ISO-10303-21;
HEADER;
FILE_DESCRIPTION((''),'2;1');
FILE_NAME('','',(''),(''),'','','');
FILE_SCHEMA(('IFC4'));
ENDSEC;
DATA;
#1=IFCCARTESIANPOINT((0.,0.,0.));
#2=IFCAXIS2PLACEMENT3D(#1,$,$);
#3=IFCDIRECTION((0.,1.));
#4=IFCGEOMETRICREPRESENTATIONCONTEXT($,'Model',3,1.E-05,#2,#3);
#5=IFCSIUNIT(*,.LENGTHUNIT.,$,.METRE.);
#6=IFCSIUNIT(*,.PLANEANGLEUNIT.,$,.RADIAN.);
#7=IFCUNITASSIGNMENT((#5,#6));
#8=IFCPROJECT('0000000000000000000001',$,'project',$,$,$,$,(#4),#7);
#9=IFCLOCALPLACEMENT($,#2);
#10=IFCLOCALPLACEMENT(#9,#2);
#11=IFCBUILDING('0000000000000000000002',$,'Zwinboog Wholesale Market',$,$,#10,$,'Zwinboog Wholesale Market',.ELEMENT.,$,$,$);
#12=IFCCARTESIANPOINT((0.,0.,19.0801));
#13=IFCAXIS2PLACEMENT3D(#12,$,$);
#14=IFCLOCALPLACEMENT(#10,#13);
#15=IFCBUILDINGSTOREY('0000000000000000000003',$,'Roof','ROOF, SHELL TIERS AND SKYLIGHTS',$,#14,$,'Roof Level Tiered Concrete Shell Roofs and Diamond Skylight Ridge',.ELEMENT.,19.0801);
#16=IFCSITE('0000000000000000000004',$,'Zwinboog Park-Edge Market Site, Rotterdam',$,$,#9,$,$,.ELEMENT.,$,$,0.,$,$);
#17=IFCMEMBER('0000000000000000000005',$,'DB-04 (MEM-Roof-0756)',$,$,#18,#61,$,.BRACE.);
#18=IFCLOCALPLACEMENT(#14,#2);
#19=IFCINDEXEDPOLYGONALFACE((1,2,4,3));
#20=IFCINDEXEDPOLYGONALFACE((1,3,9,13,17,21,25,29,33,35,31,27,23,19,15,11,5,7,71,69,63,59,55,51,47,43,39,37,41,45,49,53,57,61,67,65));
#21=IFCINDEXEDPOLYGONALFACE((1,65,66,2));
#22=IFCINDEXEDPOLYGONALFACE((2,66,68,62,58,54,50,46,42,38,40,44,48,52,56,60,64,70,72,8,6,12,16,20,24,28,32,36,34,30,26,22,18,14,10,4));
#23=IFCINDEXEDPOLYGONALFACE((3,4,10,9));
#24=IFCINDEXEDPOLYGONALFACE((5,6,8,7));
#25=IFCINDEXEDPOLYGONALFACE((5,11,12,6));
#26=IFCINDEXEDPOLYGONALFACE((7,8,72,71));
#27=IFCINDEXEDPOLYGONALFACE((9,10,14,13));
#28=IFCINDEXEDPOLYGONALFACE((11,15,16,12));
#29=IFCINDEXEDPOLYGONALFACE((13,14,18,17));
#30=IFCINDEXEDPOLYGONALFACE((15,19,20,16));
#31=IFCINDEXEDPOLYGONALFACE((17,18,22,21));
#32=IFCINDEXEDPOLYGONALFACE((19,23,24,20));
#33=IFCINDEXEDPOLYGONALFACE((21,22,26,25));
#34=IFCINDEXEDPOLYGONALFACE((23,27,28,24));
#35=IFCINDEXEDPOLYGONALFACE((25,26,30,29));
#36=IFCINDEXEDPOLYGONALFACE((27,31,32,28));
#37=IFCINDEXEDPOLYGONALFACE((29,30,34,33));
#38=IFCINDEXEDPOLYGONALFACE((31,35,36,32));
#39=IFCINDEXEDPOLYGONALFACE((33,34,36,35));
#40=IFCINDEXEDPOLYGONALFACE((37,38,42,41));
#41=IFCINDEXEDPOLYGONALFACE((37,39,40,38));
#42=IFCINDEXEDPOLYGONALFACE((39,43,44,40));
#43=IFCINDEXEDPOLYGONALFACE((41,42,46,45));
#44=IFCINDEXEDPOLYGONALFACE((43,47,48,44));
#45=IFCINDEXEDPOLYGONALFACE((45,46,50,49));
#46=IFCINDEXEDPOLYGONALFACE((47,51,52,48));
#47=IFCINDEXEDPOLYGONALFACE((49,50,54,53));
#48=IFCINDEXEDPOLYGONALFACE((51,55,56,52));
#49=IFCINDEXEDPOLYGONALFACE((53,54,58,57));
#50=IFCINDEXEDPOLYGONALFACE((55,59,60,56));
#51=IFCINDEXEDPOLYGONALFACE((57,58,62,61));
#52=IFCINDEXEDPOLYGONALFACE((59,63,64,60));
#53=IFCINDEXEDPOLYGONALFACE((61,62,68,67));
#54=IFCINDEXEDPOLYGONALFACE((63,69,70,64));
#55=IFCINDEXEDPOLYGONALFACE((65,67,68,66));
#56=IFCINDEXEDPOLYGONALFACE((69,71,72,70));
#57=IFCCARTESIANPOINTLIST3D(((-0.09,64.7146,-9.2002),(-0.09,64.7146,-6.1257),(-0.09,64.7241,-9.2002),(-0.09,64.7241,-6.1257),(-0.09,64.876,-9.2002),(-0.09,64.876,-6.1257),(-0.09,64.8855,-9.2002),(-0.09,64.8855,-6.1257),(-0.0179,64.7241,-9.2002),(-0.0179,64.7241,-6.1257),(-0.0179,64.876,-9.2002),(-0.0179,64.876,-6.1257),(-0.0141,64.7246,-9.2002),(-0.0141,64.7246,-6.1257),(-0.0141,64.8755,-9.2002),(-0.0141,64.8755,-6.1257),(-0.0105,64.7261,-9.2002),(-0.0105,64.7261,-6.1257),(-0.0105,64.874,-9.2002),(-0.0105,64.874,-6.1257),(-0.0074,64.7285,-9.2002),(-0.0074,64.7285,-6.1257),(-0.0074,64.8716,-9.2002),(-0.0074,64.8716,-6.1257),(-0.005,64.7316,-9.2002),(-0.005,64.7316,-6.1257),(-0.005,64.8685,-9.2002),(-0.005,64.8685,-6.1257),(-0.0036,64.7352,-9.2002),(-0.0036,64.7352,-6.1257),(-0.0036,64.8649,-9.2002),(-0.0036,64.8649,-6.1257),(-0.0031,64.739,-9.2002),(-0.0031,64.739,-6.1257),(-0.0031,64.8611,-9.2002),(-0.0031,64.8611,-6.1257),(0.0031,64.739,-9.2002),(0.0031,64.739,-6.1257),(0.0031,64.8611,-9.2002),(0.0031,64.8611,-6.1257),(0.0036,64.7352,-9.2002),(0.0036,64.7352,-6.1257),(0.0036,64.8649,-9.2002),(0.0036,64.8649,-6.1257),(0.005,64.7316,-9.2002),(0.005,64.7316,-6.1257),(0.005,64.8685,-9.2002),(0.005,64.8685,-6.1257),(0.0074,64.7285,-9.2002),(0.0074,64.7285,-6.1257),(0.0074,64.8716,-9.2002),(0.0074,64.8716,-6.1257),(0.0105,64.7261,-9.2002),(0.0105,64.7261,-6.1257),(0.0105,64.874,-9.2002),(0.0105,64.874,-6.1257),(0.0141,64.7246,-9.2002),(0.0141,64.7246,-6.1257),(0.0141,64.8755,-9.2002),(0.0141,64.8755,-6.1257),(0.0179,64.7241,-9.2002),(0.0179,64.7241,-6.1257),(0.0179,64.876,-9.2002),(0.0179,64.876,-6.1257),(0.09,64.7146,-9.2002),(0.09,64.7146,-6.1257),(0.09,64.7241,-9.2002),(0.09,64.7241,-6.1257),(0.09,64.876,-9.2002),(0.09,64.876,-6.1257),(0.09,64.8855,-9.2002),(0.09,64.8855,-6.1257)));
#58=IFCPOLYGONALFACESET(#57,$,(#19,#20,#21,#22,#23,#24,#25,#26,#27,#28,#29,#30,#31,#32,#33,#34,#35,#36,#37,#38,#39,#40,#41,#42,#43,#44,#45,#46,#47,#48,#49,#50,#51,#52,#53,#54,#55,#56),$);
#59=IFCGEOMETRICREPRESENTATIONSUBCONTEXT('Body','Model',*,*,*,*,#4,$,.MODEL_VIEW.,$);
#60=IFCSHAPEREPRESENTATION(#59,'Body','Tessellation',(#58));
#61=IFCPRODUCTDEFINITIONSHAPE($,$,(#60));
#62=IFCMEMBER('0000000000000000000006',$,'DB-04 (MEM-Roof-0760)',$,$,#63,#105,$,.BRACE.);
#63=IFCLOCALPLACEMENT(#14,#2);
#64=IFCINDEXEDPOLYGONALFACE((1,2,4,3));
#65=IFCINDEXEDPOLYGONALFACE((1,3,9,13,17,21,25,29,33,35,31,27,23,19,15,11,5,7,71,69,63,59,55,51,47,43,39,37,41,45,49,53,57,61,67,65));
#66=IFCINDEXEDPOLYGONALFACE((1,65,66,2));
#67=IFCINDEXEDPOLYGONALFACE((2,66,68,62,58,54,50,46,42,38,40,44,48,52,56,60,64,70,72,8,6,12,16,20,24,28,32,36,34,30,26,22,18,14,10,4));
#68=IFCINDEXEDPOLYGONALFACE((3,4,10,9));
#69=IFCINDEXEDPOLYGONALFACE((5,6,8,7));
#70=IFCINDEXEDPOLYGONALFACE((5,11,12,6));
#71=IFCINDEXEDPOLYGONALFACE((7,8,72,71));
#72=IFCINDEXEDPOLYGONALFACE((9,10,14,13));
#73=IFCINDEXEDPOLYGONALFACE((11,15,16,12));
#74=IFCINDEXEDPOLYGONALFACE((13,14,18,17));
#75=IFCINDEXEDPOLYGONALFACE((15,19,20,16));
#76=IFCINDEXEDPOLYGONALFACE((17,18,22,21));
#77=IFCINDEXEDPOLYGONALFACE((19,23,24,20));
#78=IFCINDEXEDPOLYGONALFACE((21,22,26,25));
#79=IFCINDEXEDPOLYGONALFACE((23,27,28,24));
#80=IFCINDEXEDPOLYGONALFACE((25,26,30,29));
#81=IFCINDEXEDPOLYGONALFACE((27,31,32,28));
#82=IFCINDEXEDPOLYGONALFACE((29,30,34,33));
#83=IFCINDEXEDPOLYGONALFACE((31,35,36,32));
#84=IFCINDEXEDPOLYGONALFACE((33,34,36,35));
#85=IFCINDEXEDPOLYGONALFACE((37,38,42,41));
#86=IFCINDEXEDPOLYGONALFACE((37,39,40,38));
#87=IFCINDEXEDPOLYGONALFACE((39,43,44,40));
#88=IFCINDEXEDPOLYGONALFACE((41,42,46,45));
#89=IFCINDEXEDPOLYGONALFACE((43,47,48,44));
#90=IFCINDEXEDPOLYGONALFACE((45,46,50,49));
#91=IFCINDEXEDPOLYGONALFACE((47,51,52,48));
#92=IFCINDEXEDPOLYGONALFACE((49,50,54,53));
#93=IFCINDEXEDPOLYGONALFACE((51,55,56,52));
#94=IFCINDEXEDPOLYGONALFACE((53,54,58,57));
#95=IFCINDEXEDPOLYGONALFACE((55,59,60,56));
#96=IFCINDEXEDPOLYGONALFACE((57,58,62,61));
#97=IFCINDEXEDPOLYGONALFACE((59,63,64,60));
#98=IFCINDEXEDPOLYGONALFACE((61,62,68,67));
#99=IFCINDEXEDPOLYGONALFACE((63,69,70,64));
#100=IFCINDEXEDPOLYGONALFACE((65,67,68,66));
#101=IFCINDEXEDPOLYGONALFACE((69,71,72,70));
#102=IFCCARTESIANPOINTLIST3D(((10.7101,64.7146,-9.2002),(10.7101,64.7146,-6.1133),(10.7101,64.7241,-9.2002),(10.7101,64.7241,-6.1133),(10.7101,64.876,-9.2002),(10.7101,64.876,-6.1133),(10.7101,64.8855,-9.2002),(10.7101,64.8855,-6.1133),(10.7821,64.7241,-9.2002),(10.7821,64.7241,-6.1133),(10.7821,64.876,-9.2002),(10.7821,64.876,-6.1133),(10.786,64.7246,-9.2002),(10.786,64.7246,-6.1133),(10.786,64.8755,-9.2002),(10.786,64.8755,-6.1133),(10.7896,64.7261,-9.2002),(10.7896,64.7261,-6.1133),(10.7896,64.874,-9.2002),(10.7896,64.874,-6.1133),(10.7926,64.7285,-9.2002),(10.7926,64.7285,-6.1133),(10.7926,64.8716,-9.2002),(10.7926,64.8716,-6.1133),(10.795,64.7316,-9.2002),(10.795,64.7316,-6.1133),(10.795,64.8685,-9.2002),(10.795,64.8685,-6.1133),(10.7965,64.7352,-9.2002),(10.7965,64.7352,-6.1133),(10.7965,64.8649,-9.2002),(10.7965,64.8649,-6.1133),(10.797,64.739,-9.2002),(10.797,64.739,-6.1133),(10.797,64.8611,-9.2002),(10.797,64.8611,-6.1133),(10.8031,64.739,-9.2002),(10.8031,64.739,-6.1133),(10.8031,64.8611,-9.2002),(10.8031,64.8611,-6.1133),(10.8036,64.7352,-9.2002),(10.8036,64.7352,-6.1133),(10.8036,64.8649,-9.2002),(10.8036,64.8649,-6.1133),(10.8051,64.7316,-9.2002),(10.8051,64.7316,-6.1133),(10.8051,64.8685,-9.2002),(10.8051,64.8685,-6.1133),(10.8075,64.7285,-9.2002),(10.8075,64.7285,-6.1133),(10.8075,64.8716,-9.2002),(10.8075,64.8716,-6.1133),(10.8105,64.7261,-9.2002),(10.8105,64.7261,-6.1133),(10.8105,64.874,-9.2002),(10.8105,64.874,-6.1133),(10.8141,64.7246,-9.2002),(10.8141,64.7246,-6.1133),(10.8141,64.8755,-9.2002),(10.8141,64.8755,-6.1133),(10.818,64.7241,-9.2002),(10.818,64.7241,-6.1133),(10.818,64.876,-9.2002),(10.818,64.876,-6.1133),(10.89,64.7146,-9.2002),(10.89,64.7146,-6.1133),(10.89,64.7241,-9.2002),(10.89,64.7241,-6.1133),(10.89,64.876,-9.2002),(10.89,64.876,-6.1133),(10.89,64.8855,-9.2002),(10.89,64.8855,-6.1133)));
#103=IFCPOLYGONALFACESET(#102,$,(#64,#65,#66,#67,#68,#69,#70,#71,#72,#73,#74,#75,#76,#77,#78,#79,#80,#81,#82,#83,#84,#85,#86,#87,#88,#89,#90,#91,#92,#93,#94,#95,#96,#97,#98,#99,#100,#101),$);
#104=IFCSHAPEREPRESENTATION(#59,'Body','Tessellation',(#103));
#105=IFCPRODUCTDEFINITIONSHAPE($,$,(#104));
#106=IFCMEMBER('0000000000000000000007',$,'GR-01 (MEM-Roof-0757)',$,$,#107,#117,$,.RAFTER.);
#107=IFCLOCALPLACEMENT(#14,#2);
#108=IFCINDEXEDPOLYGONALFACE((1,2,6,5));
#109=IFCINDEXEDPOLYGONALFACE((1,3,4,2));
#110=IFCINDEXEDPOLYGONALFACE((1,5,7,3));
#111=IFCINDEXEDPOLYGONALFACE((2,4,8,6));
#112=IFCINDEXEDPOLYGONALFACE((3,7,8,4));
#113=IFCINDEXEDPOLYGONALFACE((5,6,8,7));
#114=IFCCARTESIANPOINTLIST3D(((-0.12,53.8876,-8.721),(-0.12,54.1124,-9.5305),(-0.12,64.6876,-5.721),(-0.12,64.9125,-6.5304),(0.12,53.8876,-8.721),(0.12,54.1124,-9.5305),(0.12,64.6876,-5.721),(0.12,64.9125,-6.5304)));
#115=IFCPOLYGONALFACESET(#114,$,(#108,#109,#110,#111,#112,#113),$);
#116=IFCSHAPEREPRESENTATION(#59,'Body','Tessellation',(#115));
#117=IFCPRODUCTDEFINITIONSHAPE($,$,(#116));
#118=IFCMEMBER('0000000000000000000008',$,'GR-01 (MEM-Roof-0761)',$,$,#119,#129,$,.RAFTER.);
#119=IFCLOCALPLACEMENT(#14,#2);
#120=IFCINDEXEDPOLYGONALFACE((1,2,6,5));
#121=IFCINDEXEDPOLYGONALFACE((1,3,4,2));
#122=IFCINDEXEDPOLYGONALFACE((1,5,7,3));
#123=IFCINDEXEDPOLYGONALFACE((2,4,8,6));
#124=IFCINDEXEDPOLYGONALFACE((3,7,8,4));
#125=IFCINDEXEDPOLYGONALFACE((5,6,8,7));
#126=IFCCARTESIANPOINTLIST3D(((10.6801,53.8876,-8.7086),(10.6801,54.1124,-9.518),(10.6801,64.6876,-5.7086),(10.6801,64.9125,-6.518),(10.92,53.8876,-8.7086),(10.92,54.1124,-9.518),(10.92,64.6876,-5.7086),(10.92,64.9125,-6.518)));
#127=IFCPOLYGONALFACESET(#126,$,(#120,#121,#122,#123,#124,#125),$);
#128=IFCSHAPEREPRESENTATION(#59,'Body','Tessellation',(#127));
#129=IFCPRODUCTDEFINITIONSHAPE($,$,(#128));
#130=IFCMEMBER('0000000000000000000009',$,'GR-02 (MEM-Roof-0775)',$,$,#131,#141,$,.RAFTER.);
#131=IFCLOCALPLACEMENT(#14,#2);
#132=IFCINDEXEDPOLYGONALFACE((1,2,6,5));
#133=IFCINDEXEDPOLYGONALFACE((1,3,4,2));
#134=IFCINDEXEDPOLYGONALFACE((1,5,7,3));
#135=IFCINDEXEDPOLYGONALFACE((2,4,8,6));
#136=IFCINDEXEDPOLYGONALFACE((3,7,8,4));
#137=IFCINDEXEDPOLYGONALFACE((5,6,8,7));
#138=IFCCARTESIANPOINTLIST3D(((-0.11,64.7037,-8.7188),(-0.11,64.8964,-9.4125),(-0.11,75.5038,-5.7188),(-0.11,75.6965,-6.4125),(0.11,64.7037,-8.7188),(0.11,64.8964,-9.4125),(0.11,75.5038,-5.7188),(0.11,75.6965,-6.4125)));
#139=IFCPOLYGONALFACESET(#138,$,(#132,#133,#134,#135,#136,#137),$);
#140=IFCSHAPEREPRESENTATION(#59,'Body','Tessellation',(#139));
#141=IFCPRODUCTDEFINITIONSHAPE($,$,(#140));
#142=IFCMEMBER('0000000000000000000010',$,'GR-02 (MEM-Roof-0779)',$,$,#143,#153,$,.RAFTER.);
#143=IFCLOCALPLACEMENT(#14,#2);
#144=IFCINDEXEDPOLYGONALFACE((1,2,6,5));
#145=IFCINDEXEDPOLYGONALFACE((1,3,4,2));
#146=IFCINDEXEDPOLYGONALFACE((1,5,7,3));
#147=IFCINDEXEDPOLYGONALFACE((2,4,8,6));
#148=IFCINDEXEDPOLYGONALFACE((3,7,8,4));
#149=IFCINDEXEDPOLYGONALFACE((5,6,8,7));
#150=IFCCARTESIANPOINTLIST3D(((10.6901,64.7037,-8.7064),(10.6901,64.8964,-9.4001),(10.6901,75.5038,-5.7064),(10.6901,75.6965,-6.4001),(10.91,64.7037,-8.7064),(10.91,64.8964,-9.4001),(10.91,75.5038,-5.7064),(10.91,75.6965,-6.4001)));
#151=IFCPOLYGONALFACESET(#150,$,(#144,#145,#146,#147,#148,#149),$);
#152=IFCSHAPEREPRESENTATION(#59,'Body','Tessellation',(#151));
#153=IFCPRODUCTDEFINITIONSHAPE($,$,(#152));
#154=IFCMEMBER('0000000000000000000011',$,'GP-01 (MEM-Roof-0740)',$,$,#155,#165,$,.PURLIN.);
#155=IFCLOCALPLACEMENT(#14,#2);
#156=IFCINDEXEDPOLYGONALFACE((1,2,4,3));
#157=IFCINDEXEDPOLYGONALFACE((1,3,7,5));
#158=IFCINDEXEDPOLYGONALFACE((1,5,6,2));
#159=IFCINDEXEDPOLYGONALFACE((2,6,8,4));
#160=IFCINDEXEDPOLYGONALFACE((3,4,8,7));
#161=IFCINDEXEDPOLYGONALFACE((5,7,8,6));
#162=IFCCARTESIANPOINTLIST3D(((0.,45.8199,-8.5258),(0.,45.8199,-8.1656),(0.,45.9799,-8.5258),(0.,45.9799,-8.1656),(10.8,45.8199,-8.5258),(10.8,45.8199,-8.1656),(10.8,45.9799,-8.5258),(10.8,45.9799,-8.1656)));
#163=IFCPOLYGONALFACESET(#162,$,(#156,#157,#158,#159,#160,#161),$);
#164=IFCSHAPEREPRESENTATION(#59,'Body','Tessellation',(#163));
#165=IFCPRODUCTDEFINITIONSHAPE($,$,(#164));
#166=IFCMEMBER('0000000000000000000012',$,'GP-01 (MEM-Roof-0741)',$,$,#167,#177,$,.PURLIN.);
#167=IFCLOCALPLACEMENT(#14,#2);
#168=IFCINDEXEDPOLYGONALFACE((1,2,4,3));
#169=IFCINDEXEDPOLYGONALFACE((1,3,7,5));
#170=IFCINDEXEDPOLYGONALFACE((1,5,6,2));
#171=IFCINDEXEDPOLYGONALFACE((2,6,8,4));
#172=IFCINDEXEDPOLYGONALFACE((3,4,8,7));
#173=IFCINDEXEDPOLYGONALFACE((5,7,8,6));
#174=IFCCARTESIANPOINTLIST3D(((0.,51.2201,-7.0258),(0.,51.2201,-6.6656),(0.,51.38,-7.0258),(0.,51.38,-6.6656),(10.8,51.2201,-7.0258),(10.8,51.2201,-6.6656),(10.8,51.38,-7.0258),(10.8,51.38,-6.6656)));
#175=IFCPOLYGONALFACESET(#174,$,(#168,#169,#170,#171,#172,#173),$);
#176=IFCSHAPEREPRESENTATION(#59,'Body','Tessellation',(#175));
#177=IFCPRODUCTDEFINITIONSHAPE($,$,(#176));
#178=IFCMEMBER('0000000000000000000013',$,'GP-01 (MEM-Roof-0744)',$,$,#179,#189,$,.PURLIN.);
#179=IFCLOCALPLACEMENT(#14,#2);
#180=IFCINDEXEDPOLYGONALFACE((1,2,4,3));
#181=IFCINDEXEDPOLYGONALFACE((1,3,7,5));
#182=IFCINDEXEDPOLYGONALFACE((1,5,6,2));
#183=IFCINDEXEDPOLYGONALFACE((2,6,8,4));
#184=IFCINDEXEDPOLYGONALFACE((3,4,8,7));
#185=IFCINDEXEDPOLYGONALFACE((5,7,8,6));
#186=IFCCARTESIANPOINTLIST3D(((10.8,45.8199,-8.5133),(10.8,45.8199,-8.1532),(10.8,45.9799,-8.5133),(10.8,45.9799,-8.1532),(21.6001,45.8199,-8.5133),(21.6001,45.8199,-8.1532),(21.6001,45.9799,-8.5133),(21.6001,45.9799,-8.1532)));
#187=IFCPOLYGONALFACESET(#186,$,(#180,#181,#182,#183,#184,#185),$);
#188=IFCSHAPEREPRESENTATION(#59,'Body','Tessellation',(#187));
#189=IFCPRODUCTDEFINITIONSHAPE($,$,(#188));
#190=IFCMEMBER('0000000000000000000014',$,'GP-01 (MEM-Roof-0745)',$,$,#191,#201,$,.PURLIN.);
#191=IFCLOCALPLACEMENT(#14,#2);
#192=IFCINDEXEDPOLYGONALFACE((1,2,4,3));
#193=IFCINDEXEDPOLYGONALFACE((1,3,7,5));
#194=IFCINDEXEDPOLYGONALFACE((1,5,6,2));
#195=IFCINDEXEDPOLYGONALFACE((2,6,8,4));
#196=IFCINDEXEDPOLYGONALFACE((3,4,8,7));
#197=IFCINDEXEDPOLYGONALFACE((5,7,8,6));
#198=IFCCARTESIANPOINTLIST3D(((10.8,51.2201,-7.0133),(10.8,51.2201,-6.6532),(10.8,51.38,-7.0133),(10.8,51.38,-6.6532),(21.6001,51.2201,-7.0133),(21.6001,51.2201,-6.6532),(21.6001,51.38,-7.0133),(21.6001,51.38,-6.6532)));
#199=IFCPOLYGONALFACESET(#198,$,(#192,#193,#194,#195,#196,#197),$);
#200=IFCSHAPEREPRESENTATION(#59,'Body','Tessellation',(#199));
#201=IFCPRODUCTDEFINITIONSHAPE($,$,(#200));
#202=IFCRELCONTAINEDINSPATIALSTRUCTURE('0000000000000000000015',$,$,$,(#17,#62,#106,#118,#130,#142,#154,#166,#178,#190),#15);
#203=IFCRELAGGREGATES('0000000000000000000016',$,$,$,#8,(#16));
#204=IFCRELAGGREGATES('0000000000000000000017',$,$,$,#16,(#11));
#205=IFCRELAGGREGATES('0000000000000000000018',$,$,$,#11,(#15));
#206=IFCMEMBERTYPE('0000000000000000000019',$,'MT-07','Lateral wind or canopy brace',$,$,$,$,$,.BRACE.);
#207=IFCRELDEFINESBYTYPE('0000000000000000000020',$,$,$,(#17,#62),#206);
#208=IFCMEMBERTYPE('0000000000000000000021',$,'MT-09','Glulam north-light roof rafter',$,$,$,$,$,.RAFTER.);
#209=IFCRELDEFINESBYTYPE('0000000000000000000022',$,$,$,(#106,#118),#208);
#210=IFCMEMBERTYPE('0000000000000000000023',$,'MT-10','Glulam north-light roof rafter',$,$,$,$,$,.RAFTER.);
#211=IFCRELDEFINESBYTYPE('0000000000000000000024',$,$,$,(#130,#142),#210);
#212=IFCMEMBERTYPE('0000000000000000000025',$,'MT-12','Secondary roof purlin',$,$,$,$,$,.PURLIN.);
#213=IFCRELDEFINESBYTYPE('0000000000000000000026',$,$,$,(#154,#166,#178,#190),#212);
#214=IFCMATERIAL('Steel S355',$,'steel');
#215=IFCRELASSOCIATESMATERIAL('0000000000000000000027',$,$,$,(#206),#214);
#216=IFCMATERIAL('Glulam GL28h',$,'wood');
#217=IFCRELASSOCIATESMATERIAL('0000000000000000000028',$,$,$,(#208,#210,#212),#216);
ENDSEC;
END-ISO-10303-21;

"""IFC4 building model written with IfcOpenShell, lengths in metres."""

from ifc_helpers import new_model, si_unit, direction, frame, origin, origin_2d, place, context, subcontext, project, spatial, rectangle, i_section, extrude, material, material_profile, profile_set, type_object, element, save


model = new_model("IFC4")

# Units and contexts
model_context = context("Model", 3, precision=1e-05, world=origin(), true_north=direction((0.0, 1.0)))
body_context = subcontext(model_context, "Body", "Model", "MODEL_VIEW")
ifc_project = project(units=[si_unit("LENGTHUNIT", "METRE"), si_unit("PLANEANGLEUNIT", "RADIAN")], contexts=[model_context])

# Site, building, storey
site_placement = place(None, origin())
site = spatial("IfcSite", under=ifc_project, at=site_placement, Name="Zwinboog Park-Edge Market Site, Rotterdam", CompositionType="ELEMENT", RefElevation=0.0)
building_placement = place(site_placement, origin())
building = spatial("IfcBuilding", under=site, at=building_placement, Name="Zwinboog Wholesale Market", LongName="Zwinboog Wholesale Market", CompositionType="ELEMENT")
storey_placement = place(building_placement, frame((0.0, 0.0, 19.0801)))
storey = spatial("IfcBuildingStorey", under=building, at=storey_placement, Name="Roof", Description="ROOF, SHELL TIERS AND SKYLIGHTS", LongName="Roof Level Tiered Concrete Shell Roofs and Diamond Skylight Ridge", CompositionType="ELEMENT", Elevation=19.0801)

# Members
ifc_material_1 = material(Name="Steel S355", Category="steel")
ifc_material_profile_1 = material_profile(ifc_material_1, i_section(OverallWidth=0.1799, OverallDepth=0.1709, WebThickness=0.0061, FlangeThickness=0.0095, FilletRadius=0.0149, at=origin_2d()), Name="HEA 180")
ifc_profile_set_1 = profile_set([ifc_material_profile_1], Name="Steel S355")
member_type_1 = type_object("IfcMemberType", Name="MT-07", Description="Lateral wind or canopy brace", PredefinedType="BRACE", material=ifc_profile_set_1)
member_1_placement = place(storey_placement, frame((0.0, 64.8, -9.2002), z_axis=(0.0, 0.0, 1.0), x_axis=(1.0, 0.0, 0.0)))
element("IfcMember", 1, at=member_1_placement, inside=storey, type_object=member_type_1, Name="DB-04 (MEM-Roof-0756)", PredefinedType="BRACE", context=body_context, shape_type="SweptSolid", body=[
    extrude(i_section(OverallWidth=0.1799, OverallDepth=0.1709, WebThickness=0.0061, FlangeThickness=0.0095, FilletRadius=0.0149, at=origin_2d()), origin(), (0.0, 0.0, 1.0), 3.0745),
])
member_2_placement = place(storey_placement, frame((10.8, 64.8, -9.2002), z_axis=(0.0, 0.0, 1.0), x_axis=(1.0, 0.0, 0.0)))
element("IfcMember", 2, at=member_2_placement, inside=storey, type_object=member_type_1, Name="DB-04 (MEM-Roof-0760)", PredefinedType="BRACE", context=body_context, shape_type="SweptSolid", body=[
    extrude(i_section(OverallWidth=0.1799, OverallDepth=0.1709, WebThickness=0.0061, FlangeThickness=0.0095, FilletRadius=0.0149, at=origin_2d()), origin(), (0.0, 0.0, 1.0), 3.0869),
])
ifc_material_2 = material(Name="Glulam GL28h", Category="wood")
ifc_material_profile_2 = material_profile(ifc_material_2, rectangle(XDim=0.24, YDim=0.8401, at=origin_2d()), Name="GL28h 240x840")
ifc_profile_set_2 = profile_set([ifc_material_profile_2], Name="Glulam GL28h")
member_type_2 = type_object("IfcMemberType", Name="MT-09", Description="Glulam north-light roof rafter", PredefinedType="RAFTER", material=ifc_profile_set_2)
for number, where, z_axis, x_axis, name in (
    (3, (0.0, 54.0, -9.1257), (0.0, 0.963518, 0.267643), (-1.0, 0.0, 0.0), "GR-01 (MEM-Roof-0757)"),
    (4, (10.8, 54.0, -9.1133), (0.0, 0.963518, 0.267643), (-1.0, 0.0, 0.0), "GR-01 (MEM-Roof-0761)"),
):
    element("IfcMember", number, at=place(storey_placement, frame(where, z_axis=z_axis, x_axis=x_axis)), inside=storey, type_object=member_type_2, Name=name, PredefinedType="RAFTER", context=body_context, shape_type="SweptSolid", body=[
        extrude(rectangle(XDim=0.24, YDim=0.8401, at=origin_2d()), origin(), (0.0, 0.0, 1.0), 11.209),
    ])
ifc_material_profile_3 = material_profile(ifc_material_2, rectangle(XDim=0.22, YDim=0.72, at=origin_2d()), Name="GL28h 220x720")
ifc_profile_set_3 = profile_set([ifc_material_profile_3], Name="Glulam GL28h")
member_type_3 = type_object("IfcMemberType", Name="MT-10", Description="Glulam north-light roof rafter", PredefinedType="RAFTER", material=ifc_profile_set_3)
for number, where, z_axis, x_axis, name in (
    (5, (0.0, 64.8, -9.0657), (0.0, 0.963518, 0.267643), (-1.0, 0.0, 0.0), "GR-02 (MEM-Roof-0775)"),
    (6, (10.8, 64.8, -9.0532), (0.0, 0.963518, 0.267643), (-1.0, 0.0, 0.0), "GR-02 (MEM-Roof-0779)"),
):
    element("IfcMember", number, at=place(storey_placement, frame(where, z_axis=z_axis, x_axis=x_axis)), inside=storey, type_object=member_type_3, Name=name, PredefinedType="RAFTER", context=body_context, shape_type="SweptSolid", body=[
        extrude(rectangle(XDim=0.22, YDim=0.72, at=origin_2d()), origin(), (0.0, 0.0, 1.0), 11.209),
    ])
ifc_material_profile_4 = material_profile(ifc_material_2, rectangle(XDim=0.1599, YDim=0.3601, at=origin_2d()), Name="GL28h 160x360")
ifc_profile_set_4 = profile_set([ifc_material_profile_4], Name="Glulam GL28h")
member_type_4 = type_object("IfcMemberType", Name="MT-12", Description="Secondary roof purlin", PredefinedType="PURLIN", material=ifc_profile_set_4)
for number, where, z_axis, x_axis, name in (
    (7, (0.0, 45.8999, -8.3457), (1.0, 0.0, 0.0), (0.0, 1.0, 0.0), "GP-01 (MEM-Roof-0740)"),
    (8, (0.0, 51.3, -6.8457), (1.0, 0.0, 0.0), (0.0, 1.0, 0.0), "GP-01 (MEM-Roof-0741)"),
    (9, (10.8, 45.8999, -8.3333), (1.0, 0.0, 0.0), (0.0, 1.0, 0.0), "GP-01 (MEM-Roof-0744)"),
    (10, (10.8, 51.3, -6.8333), (1.0, 0.0, 0.0), (0.0, 1.0, 0.0), "GP-01 (MEM-Roof-0745)"),
):
    element("IfcMember", number, at=place(storey_placement, frame(where, z_axis=z_axis, x_axis=x_axis)), inside=storey, type_object=member_type_4, Name=name, PredefinedType="PURLIN", context=body_context, shape_type="SweptSolid", body=[
        extrude(rectangle(XDim=0.1599, YDim=0.3601, at=origin_2d()), origin(), (0.0, 0.0, 1.0), 10.8),
    ])

save(model, "model.ifc")
